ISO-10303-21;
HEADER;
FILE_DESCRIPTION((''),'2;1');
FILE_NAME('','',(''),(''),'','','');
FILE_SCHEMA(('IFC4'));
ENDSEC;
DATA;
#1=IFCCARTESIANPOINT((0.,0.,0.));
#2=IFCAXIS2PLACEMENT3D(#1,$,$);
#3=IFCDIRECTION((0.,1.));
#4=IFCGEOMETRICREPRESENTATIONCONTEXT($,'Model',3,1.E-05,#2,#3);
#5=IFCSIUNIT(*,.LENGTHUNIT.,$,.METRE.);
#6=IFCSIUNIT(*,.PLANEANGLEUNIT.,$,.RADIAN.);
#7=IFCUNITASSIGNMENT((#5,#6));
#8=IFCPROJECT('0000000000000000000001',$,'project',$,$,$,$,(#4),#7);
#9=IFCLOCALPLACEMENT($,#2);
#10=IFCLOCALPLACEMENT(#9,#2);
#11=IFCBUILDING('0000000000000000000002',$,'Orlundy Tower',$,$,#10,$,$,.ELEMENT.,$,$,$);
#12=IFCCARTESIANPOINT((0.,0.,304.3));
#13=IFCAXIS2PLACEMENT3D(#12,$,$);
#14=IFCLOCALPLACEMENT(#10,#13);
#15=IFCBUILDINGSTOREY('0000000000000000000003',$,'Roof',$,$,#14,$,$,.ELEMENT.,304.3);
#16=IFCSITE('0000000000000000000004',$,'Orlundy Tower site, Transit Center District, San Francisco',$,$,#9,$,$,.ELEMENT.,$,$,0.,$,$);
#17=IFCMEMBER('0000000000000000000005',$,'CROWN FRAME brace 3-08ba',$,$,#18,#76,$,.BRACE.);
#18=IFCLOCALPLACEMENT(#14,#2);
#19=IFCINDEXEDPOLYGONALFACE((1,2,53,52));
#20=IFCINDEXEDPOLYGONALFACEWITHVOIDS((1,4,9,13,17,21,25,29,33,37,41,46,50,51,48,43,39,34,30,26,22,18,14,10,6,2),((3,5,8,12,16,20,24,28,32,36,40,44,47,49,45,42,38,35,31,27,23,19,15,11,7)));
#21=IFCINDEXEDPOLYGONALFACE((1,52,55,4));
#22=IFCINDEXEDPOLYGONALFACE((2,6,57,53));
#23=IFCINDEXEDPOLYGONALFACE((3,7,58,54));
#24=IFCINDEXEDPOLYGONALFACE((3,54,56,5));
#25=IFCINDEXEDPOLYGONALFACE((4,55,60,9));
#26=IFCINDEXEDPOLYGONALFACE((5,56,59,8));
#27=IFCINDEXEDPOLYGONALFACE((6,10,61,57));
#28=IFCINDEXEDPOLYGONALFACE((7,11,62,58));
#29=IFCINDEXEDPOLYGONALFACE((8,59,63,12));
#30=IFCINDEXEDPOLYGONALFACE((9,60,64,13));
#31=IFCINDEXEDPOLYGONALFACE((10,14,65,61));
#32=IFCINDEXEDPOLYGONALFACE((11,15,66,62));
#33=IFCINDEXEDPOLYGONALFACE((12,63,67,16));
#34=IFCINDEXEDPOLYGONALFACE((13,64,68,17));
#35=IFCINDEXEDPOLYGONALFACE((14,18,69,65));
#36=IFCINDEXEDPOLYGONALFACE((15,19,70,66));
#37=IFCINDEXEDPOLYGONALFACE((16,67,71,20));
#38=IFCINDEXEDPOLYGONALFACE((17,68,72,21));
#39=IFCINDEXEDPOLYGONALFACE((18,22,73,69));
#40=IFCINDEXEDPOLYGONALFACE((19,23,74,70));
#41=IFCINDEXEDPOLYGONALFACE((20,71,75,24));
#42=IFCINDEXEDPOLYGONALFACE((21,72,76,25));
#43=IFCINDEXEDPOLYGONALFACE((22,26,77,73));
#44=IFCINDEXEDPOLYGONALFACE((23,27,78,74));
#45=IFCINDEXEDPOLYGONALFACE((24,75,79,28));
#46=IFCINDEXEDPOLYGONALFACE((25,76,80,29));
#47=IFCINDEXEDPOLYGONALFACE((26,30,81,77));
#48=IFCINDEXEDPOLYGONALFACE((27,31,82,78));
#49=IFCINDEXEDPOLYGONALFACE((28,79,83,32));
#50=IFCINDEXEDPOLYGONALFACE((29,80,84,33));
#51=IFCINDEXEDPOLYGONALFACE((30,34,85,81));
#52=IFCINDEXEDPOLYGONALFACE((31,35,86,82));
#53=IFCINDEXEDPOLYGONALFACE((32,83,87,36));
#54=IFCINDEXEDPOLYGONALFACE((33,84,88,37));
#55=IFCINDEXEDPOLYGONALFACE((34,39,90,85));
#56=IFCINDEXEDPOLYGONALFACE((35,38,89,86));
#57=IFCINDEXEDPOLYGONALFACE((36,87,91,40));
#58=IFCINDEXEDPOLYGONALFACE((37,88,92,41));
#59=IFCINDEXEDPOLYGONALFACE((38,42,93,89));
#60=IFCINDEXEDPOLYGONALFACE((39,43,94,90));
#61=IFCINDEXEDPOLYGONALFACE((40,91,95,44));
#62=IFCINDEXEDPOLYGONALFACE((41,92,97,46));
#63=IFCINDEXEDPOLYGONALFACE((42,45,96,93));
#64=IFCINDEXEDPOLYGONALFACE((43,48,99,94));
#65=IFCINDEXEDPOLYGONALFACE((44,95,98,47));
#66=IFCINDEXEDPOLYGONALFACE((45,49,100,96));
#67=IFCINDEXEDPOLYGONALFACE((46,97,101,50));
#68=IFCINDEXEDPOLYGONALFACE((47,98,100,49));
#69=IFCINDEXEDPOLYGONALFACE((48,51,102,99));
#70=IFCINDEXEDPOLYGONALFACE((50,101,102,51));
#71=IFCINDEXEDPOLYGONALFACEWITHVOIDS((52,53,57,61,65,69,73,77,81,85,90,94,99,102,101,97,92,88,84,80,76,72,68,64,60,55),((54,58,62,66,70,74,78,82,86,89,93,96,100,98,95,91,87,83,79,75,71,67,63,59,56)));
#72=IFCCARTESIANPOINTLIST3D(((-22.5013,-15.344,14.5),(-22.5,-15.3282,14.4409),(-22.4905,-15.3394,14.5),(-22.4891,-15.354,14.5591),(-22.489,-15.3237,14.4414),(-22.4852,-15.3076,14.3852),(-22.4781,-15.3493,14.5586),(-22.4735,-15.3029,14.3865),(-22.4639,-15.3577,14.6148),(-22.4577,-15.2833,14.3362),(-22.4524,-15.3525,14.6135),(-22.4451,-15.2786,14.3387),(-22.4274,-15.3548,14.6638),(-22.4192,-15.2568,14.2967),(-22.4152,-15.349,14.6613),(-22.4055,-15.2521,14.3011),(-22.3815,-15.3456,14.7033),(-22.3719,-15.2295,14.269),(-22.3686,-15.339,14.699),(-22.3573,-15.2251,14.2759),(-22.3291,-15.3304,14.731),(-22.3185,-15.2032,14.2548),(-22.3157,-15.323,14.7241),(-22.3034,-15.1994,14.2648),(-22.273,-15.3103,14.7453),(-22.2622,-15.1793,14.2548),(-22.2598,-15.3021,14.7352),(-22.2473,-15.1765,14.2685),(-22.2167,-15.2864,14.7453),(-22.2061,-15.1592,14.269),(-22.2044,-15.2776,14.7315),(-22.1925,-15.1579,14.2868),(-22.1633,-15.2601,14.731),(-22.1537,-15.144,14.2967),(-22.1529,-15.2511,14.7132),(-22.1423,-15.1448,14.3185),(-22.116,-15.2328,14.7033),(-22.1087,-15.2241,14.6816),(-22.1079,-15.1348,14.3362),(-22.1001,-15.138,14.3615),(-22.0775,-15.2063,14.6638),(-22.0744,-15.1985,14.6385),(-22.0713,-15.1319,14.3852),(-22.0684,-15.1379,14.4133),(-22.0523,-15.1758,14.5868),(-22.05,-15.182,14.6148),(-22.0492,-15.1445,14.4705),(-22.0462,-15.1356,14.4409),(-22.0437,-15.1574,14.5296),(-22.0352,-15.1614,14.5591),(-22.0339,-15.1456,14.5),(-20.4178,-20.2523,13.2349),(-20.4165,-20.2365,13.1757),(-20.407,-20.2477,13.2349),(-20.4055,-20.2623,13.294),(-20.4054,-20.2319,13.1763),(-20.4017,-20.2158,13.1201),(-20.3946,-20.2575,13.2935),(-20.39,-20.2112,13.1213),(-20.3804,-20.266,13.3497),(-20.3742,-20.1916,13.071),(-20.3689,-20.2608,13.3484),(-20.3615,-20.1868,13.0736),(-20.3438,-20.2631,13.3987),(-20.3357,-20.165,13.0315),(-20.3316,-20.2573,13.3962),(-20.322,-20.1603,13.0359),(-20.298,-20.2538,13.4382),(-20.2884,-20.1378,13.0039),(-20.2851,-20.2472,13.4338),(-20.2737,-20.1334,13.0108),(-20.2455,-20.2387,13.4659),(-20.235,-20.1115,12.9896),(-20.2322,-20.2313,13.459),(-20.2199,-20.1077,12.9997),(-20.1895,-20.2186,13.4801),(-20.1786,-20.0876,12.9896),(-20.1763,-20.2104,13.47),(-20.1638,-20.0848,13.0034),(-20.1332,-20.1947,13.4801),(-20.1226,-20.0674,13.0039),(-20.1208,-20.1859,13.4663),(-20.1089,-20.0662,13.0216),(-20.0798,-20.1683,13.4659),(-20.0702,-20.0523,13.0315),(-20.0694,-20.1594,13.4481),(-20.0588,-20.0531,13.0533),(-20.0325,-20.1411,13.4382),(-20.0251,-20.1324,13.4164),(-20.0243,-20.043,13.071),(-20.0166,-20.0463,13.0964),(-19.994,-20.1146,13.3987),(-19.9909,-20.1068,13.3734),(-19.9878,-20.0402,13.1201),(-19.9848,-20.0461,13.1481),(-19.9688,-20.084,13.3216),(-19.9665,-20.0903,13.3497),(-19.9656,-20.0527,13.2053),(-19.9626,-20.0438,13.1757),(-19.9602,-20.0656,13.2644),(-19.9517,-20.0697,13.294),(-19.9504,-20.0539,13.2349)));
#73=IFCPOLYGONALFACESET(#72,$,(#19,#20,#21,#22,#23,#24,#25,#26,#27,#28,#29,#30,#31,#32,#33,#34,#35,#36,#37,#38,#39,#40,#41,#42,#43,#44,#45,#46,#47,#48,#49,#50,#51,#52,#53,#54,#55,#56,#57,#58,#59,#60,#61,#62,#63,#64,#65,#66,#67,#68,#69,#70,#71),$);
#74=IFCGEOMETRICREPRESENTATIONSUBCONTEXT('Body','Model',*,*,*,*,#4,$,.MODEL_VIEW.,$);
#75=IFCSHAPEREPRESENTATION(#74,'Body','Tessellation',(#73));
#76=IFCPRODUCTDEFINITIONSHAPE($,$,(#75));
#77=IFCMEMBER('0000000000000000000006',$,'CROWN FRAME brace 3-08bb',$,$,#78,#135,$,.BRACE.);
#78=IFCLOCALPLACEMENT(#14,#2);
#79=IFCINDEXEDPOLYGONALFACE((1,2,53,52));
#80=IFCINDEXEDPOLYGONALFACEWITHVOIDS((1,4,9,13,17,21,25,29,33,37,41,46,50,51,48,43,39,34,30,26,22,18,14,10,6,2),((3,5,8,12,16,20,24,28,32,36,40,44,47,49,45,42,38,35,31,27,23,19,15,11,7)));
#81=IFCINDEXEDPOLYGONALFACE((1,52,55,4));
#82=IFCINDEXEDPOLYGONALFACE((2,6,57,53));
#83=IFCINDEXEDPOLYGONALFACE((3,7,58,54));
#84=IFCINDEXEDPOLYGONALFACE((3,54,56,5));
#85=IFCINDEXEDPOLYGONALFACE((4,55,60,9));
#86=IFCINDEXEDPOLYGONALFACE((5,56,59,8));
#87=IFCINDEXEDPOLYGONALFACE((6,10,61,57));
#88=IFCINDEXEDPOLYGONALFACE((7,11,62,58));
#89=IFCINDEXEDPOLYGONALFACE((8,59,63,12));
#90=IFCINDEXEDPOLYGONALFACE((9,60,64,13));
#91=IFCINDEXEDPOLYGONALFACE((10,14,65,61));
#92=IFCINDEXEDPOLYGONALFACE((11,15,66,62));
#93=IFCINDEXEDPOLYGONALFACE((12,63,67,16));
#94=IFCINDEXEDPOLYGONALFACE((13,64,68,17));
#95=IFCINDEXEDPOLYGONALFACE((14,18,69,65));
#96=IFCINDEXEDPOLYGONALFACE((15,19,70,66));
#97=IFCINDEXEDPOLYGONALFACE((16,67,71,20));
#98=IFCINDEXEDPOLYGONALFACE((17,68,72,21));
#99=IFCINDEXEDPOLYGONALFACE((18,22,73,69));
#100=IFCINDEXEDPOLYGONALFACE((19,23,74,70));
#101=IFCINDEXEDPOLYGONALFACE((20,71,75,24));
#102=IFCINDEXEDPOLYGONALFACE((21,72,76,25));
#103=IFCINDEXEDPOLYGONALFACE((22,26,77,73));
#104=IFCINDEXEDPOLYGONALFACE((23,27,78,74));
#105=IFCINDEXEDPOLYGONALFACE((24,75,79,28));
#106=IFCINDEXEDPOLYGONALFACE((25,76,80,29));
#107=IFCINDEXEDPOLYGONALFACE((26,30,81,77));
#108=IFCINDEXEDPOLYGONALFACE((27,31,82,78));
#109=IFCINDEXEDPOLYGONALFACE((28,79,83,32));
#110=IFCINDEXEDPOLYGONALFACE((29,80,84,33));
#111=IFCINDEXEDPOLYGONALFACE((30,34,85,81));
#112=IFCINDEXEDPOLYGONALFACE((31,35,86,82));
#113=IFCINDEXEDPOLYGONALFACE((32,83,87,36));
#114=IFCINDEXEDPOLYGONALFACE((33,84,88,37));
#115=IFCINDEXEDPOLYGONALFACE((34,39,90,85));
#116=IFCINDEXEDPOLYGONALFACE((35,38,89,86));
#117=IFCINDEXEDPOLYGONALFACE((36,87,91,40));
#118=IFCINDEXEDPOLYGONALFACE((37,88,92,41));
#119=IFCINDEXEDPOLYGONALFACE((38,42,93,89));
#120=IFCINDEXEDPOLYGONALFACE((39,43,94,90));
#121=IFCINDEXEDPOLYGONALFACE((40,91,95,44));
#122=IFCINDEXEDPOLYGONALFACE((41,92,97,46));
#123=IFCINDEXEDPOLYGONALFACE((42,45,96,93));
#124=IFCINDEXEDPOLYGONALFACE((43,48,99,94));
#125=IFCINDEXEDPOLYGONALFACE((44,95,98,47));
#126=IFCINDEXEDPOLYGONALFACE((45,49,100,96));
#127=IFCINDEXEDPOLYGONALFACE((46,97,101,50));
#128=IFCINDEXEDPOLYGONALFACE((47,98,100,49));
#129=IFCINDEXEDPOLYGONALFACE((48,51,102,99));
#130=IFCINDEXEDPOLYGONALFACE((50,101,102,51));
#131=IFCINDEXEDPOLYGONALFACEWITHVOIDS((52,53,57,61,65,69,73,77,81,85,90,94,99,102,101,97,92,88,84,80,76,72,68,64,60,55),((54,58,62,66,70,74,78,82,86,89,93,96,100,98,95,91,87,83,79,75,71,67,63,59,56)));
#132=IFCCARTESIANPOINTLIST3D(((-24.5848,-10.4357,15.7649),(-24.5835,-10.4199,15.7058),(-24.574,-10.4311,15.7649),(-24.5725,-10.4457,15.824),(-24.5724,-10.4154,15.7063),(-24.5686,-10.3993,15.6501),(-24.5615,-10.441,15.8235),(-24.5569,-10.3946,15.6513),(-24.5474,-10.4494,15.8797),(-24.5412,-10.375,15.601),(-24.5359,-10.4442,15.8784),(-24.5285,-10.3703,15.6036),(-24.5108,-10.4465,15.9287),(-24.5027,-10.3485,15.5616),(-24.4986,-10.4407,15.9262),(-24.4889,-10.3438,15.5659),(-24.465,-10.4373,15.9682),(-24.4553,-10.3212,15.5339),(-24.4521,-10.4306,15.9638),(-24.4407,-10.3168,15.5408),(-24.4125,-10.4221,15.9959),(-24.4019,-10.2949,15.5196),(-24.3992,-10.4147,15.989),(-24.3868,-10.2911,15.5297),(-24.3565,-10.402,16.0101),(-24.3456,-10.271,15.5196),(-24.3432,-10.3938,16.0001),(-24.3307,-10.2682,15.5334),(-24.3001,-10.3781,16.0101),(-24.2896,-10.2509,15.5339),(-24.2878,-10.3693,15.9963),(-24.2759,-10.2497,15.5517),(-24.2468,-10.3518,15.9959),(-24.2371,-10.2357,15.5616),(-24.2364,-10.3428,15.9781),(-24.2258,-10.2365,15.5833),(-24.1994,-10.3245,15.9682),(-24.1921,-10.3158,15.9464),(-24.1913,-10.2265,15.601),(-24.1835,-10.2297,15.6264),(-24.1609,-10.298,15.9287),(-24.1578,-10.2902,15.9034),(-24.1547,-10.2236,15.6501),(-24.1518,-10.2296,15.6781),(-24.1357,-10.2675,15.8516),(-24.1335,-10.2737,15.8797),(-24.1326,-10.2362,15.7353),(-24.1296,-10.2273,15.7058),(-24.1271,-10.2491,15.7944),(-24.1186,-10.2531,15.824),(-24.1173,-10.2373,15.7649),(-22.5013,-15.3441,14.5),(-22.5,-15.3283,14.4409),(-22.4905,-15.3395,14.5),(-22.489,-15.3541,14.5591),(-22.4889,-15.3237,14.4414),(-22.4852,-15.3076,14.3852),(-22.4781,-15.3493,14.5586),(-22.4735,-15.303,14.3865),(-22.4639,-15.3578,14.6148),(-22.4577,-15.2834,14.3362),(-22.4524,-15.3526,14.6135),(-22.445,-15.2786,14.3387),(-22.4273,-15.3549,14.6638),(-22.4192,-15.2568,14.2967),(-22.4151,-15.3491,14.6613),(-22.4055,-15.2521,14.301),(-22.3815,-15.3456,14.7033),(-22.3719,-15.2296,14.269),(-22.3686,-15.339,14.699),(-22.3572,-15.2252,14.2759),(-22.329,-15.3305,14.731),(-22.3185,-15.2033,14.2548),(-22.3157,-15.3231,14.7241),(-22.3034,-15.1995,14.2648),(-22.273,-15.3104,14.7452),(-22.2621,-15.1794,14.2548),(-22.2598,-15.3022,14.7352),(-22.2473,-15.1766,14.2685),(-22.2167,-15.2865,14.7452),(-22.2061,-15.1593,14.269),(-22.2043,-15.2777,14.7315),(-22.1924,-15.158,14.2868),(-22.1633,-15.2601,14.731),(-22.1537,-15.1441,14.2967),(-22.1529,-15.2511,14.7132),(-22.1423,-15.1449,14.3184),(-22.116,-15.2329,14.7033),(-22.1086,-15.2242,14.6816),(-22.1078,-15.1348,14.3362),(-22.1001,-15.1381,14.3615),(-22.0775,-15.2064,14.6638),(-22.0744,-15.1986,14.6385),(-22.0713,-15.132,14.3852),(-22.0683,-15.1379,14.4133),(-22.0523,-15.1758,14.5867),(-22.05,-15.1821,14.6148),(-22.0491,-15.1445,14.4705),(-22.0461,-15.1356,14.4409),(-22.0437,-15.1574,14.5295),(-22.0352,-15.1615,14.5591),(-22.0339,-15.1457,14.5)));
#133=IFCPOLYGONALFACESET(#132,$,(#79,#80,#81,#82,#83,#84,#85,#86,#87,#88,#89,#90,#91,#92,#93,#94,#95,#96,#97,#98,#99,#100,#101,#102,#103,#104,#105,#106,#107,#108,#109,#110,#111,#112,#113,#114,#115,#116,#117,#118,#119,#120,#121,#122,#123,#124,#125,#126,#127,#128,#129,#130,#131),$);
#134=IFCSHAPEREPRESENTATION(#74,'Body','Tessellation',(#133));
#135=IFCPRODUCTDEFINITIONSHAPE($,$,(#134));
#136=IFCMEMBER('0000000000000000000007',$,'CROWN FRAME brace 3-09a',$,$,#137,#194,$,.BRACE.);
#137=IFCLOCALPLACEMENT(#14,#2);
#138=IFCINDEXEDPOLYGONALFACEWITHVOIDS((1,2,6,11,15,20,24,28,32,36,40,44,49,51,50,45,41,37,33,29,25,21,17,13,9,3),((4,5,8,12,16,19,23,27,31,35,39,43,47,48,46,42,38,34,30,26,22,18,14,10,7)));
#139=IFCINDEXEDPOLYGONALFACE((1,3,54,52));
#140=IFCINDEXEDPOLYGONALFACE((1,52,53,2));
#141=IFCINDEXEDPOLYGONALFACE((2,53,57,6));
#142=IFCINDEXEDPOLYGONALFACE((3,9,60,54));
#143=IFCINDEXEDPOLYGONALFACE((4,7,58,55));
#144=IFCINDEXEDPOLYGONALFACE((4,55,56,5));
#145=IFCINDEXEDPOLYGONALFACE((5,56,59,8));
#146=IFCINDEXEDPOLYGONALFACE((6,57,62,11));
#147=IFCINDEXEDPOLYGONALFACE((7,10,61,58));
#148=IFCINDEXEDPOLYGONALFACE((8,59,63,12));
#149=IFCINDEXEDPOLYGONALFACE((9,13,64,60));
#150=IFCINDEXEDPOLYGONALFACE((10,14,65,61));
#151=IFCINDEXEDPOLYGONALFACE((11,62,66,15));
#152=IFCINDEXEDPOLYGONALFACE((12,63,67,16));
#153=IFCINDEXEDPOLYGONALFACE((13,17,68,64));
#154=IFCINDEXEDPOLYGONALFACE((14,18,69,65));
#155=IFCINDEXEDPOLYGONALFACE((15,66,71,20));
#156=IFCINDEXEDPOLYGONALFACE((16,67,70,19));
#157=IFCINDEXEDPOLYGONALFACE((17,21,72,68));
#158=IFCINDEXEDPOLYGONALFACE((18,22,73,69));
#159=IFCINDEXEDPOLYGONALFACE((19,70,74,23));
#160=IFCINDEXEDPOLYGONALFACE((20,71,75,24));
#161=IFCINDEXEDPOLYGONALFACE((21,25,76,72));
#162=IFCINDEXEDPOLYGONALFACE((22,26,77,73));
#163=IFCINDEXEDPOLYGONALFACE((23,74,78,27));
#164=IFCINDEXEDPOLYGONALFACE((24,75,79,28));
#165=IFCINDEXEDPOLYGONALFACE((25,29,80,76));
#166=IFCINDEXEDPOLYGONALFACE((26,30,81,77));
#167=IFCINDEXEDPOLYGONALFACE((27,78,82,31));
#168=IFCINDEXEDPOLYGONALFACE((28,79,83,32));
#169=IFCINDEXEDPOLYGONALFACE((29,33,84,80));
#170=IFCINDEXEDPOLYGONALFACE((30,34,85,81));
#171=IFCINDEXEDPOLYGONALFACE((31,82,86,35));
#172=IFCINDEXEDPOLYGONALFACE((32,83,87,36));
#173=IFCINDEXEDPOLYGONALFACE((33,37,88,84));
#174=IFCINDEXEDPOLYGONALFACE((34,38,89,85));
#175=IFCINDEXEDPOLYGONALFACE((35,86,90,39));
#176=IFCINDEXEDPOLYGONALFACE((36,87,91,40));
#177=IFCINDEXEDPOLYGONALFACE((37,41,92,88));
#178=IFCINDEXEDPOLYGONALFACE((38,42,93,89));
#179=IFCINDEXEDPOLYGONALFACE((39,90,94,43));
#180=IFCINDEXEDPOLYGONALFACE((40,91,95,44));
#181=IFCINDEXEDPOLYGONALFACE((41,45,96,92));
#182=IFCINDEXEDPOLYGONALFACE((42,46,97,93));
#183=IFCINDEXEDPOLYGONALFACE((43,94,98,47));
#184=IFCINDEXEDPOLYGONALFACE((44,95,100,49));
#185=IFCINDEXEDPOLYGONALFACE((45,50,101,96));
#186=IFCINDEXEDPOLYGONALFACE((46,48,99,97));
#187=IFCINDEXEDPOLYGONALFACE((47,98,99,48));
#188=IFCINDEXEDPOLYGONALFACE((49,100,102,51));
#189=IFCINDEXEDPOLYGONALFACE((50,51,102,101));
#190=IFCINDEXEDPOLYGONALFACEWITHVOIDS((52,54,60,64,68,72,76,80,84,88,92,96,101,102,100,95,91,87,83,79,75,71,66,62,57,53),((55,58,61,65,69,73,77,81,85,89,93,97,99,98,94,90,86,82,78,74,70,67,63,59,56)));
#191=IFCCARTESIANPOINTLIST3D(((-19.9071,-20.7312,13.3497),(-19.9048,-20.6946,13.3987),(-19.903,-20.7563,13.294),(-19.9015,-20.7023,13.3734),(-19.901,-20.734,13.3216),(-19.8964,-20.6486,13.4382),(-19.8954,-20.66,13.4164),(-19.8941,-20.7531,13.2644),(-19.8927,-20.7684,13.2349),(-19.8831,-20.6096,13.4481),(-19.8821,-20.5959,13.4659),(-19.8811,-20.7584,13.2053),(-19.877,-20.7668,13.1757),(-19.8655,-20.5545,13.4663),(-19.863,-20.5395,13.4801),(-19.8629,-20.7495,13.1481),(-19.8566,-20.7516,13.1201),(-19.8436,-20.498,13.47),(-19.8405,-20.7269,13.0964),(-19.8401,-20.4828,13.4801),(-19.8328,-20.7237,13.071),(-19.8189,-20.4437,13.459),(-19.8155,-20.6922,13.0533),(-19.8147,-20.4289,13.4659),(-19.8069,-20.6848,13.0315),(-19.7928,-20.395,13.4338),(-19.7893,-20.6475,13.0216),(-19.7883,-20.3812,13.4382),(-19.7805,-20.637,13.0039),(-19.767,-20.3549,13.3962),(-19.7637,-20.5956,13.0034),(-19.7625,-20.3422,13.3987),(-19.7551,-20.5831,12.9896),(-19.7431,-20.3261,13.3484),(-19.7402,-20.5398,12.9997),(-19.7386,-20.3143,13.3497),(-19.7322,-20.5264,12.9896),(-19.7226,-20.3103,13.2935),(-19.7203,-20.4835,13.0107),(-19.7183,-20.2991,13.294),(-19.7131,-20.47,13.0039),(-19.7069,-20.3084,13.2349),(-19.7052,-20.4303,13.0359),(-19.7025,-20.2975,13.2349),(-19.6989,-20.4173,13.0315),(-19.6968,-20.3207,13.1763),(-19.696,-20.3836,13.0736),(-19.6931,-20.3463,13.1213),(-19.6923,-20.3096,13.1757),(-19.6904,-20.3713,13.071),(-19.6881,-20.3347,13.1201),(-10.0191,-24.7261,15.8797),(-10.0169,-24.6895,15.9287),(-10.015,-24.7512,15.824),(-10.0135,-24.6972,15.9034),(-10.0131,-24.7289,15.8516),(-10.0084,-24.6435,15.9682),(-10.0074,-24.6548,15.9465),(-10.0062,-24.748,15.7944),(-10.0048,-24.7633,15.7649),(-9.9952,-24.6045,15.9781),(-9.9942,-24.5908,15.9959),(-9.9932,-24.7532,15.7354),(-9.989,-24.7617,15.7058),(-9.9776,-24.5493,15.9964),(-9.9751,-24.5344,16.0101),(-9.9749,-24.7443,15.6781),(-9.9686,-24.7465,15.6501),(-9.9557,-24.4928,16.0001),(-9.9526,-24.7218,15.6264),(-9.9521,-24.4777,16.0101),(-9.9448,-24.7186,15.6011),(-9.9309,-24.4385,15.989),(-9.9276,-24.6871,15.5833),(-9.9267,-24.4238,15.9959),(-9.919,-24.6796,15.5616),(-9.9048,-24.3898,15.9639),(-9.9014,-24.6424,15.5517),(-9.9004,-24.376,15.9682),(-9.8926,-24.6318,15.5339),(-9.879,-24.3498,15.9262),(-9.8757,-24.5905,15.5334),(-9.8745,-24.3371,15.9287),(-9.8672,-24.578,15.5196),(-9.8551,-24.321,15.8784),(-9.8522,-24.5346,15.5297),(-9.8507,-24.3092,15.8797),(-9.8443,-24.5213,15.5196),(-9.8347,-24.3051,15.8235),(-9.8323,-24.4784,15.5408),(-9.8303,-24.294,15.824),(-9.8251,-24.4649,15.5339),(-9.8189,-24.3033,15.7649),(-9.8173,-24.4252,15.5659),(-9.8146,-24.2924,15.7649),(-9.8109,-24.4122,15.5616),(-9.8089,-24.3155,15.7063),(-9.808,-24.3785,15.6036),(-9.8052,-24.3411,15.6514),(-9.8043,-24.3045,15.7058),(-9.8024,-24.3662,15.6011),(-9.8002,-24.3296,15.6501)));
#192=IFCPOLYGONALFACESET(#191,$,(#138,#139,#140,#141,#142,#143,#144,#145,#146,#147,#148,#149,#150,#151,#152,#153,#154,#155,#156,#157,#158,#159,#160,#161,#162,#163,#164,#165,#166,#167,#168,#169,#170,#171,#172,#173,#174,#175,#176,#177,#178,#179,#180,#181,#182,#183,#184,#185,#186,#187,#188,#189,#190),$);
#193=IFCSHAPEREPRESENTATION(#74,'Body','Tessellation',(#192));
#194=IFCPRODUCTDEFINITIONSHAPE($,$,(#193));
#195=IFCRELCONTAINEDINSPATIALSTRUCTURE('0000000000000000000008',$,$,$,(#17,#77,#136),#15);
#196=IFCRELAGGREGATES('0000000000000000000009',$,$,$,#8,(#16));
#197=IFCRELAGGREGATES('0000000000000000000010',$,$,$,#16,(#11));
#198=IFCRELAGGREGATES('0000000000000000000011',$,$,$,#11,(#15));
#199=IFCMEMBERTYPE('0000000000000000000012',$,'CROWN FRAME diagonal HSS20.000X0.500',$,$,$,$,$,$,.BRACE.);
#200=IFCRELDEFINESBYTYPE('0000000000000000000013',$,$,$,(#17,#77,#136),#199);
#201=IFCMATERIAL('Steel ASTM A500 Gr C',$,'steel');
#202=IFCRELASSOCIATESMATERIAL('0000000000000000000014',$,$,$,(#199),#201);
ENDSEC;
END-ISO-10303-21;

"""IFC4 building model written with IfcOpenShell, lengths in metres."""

from ifc_helpers import new_model, si_unit, direction, frame, origin, origin_2d, place, context, subcontext, project, spatial, hollow_circle, extrude, material, material_profile, profile_set, type_object, element, save


model = new_model("IFC4")

# Units and contexts
model_context = context("Model", 3, precision=1e-05, world=origin(), true_north=direction((0.0, 1.0)))
body_context = subcontext(model_context, "Body", "Model", "MODEL_VIEW")
ifc_project = project(units=[si_unit("LENGTHUNIT", "METRE"), si_unit("PLANEANGLEUNIT", "RADIAN")], contexts=[model_context])

# Site, building, storey
site_placement = place(None, origin())
site = spatial("IfcSite", under=ifc_project, at=site_placement, Name="Orlundy Tower site, Transit Center District, San Francisco", CompositionType="ELEMENT", RefElevation=0.0)
building_placement = place(site_placement, origin())
building = spatial("IfcBuilding", under=site, at=building_placement, Name="Orlundy Tower", CompositionType="ELEMENT")
storey_placement = place(building_placement, frame((0.0, 0.0, 304.3)))
storey = spatial("IfcBuildingStorey", under=building, at=storey_placement, Name="Roof", CompositionType="ELEMENT", Elevation=304.3)

# Members
ifc_material_1 = material(Name="Steel ASTM A500 Gr C", Category="steel")
ifc_material_profile_1 = material_profile(ifc_material_1, hollow_circle(Radius=0.2539, WallThickness=0.0117, at=origin_2d()), Name="HSS20.000X0.500")
ifc_profile_set_1 = profile_set([ifc_material_profile_1], Name="Steel ASTM A500 Gr C")
member_type_1 = type_object("IfcMemberType", Name="CROWN FRAME diagonal HSS20.000X0.500", PredefinedType="BRACE", material=ifc_profile_set_1)
for number, where, z_axis, x_axis, name in (
    (1, (-20.1841, -20.1531, 13.2349), (-0.38019, 0.895634, 0.230858), (-0.920499, -0.390745, 0.0), "CROWN FRAME brace 3-08ba"),
    (2, (-22.2676, -15.2449, 14.5), (-0.380179, 0.895652, 0.230807), (-0.920506, -0.390729, 0.0), "CROWN FRAME brace 3-08bb"),
):
    element("IfcMember", number, at=place(storey_placement, frame(where, z_axis=z_axis, x_axis=x_axis)), inside=storey, type_object=member_type_1, Name=name, PredefinedType="BRACE", context=body_context, shape_type="SweptSolid", body=[
        extrude(hollow_circle(Radius=0.2539, WallThickness=0.0117, at=origin_2d()), origin(), (0.0, 0.0, 1.0), 5.4802),
    ])
member_1_placement = place(storey_placement, frame((-19.7976, -20.533, 13.2349), z_axis=(0.902147, -0.364481, 0.230833), x_axis=(0.374597, 0.927188, 0.0)))
element("IfcMember", 3, at=member_1_placement, inside=storey, type_object=member_type_1, Name="CROWN FRAME brace 3-09a", PredefinedType="BRACE", context=body_context, shape_type="SweptSolid", body=[
    extrude(hollow_circle(Radius=0.2539, WallThickness=0.0117, at=origin_2d()), origin(), (0.0, 0.0, 1.0), 10.9604),
])

save(model, "model.ifc")
